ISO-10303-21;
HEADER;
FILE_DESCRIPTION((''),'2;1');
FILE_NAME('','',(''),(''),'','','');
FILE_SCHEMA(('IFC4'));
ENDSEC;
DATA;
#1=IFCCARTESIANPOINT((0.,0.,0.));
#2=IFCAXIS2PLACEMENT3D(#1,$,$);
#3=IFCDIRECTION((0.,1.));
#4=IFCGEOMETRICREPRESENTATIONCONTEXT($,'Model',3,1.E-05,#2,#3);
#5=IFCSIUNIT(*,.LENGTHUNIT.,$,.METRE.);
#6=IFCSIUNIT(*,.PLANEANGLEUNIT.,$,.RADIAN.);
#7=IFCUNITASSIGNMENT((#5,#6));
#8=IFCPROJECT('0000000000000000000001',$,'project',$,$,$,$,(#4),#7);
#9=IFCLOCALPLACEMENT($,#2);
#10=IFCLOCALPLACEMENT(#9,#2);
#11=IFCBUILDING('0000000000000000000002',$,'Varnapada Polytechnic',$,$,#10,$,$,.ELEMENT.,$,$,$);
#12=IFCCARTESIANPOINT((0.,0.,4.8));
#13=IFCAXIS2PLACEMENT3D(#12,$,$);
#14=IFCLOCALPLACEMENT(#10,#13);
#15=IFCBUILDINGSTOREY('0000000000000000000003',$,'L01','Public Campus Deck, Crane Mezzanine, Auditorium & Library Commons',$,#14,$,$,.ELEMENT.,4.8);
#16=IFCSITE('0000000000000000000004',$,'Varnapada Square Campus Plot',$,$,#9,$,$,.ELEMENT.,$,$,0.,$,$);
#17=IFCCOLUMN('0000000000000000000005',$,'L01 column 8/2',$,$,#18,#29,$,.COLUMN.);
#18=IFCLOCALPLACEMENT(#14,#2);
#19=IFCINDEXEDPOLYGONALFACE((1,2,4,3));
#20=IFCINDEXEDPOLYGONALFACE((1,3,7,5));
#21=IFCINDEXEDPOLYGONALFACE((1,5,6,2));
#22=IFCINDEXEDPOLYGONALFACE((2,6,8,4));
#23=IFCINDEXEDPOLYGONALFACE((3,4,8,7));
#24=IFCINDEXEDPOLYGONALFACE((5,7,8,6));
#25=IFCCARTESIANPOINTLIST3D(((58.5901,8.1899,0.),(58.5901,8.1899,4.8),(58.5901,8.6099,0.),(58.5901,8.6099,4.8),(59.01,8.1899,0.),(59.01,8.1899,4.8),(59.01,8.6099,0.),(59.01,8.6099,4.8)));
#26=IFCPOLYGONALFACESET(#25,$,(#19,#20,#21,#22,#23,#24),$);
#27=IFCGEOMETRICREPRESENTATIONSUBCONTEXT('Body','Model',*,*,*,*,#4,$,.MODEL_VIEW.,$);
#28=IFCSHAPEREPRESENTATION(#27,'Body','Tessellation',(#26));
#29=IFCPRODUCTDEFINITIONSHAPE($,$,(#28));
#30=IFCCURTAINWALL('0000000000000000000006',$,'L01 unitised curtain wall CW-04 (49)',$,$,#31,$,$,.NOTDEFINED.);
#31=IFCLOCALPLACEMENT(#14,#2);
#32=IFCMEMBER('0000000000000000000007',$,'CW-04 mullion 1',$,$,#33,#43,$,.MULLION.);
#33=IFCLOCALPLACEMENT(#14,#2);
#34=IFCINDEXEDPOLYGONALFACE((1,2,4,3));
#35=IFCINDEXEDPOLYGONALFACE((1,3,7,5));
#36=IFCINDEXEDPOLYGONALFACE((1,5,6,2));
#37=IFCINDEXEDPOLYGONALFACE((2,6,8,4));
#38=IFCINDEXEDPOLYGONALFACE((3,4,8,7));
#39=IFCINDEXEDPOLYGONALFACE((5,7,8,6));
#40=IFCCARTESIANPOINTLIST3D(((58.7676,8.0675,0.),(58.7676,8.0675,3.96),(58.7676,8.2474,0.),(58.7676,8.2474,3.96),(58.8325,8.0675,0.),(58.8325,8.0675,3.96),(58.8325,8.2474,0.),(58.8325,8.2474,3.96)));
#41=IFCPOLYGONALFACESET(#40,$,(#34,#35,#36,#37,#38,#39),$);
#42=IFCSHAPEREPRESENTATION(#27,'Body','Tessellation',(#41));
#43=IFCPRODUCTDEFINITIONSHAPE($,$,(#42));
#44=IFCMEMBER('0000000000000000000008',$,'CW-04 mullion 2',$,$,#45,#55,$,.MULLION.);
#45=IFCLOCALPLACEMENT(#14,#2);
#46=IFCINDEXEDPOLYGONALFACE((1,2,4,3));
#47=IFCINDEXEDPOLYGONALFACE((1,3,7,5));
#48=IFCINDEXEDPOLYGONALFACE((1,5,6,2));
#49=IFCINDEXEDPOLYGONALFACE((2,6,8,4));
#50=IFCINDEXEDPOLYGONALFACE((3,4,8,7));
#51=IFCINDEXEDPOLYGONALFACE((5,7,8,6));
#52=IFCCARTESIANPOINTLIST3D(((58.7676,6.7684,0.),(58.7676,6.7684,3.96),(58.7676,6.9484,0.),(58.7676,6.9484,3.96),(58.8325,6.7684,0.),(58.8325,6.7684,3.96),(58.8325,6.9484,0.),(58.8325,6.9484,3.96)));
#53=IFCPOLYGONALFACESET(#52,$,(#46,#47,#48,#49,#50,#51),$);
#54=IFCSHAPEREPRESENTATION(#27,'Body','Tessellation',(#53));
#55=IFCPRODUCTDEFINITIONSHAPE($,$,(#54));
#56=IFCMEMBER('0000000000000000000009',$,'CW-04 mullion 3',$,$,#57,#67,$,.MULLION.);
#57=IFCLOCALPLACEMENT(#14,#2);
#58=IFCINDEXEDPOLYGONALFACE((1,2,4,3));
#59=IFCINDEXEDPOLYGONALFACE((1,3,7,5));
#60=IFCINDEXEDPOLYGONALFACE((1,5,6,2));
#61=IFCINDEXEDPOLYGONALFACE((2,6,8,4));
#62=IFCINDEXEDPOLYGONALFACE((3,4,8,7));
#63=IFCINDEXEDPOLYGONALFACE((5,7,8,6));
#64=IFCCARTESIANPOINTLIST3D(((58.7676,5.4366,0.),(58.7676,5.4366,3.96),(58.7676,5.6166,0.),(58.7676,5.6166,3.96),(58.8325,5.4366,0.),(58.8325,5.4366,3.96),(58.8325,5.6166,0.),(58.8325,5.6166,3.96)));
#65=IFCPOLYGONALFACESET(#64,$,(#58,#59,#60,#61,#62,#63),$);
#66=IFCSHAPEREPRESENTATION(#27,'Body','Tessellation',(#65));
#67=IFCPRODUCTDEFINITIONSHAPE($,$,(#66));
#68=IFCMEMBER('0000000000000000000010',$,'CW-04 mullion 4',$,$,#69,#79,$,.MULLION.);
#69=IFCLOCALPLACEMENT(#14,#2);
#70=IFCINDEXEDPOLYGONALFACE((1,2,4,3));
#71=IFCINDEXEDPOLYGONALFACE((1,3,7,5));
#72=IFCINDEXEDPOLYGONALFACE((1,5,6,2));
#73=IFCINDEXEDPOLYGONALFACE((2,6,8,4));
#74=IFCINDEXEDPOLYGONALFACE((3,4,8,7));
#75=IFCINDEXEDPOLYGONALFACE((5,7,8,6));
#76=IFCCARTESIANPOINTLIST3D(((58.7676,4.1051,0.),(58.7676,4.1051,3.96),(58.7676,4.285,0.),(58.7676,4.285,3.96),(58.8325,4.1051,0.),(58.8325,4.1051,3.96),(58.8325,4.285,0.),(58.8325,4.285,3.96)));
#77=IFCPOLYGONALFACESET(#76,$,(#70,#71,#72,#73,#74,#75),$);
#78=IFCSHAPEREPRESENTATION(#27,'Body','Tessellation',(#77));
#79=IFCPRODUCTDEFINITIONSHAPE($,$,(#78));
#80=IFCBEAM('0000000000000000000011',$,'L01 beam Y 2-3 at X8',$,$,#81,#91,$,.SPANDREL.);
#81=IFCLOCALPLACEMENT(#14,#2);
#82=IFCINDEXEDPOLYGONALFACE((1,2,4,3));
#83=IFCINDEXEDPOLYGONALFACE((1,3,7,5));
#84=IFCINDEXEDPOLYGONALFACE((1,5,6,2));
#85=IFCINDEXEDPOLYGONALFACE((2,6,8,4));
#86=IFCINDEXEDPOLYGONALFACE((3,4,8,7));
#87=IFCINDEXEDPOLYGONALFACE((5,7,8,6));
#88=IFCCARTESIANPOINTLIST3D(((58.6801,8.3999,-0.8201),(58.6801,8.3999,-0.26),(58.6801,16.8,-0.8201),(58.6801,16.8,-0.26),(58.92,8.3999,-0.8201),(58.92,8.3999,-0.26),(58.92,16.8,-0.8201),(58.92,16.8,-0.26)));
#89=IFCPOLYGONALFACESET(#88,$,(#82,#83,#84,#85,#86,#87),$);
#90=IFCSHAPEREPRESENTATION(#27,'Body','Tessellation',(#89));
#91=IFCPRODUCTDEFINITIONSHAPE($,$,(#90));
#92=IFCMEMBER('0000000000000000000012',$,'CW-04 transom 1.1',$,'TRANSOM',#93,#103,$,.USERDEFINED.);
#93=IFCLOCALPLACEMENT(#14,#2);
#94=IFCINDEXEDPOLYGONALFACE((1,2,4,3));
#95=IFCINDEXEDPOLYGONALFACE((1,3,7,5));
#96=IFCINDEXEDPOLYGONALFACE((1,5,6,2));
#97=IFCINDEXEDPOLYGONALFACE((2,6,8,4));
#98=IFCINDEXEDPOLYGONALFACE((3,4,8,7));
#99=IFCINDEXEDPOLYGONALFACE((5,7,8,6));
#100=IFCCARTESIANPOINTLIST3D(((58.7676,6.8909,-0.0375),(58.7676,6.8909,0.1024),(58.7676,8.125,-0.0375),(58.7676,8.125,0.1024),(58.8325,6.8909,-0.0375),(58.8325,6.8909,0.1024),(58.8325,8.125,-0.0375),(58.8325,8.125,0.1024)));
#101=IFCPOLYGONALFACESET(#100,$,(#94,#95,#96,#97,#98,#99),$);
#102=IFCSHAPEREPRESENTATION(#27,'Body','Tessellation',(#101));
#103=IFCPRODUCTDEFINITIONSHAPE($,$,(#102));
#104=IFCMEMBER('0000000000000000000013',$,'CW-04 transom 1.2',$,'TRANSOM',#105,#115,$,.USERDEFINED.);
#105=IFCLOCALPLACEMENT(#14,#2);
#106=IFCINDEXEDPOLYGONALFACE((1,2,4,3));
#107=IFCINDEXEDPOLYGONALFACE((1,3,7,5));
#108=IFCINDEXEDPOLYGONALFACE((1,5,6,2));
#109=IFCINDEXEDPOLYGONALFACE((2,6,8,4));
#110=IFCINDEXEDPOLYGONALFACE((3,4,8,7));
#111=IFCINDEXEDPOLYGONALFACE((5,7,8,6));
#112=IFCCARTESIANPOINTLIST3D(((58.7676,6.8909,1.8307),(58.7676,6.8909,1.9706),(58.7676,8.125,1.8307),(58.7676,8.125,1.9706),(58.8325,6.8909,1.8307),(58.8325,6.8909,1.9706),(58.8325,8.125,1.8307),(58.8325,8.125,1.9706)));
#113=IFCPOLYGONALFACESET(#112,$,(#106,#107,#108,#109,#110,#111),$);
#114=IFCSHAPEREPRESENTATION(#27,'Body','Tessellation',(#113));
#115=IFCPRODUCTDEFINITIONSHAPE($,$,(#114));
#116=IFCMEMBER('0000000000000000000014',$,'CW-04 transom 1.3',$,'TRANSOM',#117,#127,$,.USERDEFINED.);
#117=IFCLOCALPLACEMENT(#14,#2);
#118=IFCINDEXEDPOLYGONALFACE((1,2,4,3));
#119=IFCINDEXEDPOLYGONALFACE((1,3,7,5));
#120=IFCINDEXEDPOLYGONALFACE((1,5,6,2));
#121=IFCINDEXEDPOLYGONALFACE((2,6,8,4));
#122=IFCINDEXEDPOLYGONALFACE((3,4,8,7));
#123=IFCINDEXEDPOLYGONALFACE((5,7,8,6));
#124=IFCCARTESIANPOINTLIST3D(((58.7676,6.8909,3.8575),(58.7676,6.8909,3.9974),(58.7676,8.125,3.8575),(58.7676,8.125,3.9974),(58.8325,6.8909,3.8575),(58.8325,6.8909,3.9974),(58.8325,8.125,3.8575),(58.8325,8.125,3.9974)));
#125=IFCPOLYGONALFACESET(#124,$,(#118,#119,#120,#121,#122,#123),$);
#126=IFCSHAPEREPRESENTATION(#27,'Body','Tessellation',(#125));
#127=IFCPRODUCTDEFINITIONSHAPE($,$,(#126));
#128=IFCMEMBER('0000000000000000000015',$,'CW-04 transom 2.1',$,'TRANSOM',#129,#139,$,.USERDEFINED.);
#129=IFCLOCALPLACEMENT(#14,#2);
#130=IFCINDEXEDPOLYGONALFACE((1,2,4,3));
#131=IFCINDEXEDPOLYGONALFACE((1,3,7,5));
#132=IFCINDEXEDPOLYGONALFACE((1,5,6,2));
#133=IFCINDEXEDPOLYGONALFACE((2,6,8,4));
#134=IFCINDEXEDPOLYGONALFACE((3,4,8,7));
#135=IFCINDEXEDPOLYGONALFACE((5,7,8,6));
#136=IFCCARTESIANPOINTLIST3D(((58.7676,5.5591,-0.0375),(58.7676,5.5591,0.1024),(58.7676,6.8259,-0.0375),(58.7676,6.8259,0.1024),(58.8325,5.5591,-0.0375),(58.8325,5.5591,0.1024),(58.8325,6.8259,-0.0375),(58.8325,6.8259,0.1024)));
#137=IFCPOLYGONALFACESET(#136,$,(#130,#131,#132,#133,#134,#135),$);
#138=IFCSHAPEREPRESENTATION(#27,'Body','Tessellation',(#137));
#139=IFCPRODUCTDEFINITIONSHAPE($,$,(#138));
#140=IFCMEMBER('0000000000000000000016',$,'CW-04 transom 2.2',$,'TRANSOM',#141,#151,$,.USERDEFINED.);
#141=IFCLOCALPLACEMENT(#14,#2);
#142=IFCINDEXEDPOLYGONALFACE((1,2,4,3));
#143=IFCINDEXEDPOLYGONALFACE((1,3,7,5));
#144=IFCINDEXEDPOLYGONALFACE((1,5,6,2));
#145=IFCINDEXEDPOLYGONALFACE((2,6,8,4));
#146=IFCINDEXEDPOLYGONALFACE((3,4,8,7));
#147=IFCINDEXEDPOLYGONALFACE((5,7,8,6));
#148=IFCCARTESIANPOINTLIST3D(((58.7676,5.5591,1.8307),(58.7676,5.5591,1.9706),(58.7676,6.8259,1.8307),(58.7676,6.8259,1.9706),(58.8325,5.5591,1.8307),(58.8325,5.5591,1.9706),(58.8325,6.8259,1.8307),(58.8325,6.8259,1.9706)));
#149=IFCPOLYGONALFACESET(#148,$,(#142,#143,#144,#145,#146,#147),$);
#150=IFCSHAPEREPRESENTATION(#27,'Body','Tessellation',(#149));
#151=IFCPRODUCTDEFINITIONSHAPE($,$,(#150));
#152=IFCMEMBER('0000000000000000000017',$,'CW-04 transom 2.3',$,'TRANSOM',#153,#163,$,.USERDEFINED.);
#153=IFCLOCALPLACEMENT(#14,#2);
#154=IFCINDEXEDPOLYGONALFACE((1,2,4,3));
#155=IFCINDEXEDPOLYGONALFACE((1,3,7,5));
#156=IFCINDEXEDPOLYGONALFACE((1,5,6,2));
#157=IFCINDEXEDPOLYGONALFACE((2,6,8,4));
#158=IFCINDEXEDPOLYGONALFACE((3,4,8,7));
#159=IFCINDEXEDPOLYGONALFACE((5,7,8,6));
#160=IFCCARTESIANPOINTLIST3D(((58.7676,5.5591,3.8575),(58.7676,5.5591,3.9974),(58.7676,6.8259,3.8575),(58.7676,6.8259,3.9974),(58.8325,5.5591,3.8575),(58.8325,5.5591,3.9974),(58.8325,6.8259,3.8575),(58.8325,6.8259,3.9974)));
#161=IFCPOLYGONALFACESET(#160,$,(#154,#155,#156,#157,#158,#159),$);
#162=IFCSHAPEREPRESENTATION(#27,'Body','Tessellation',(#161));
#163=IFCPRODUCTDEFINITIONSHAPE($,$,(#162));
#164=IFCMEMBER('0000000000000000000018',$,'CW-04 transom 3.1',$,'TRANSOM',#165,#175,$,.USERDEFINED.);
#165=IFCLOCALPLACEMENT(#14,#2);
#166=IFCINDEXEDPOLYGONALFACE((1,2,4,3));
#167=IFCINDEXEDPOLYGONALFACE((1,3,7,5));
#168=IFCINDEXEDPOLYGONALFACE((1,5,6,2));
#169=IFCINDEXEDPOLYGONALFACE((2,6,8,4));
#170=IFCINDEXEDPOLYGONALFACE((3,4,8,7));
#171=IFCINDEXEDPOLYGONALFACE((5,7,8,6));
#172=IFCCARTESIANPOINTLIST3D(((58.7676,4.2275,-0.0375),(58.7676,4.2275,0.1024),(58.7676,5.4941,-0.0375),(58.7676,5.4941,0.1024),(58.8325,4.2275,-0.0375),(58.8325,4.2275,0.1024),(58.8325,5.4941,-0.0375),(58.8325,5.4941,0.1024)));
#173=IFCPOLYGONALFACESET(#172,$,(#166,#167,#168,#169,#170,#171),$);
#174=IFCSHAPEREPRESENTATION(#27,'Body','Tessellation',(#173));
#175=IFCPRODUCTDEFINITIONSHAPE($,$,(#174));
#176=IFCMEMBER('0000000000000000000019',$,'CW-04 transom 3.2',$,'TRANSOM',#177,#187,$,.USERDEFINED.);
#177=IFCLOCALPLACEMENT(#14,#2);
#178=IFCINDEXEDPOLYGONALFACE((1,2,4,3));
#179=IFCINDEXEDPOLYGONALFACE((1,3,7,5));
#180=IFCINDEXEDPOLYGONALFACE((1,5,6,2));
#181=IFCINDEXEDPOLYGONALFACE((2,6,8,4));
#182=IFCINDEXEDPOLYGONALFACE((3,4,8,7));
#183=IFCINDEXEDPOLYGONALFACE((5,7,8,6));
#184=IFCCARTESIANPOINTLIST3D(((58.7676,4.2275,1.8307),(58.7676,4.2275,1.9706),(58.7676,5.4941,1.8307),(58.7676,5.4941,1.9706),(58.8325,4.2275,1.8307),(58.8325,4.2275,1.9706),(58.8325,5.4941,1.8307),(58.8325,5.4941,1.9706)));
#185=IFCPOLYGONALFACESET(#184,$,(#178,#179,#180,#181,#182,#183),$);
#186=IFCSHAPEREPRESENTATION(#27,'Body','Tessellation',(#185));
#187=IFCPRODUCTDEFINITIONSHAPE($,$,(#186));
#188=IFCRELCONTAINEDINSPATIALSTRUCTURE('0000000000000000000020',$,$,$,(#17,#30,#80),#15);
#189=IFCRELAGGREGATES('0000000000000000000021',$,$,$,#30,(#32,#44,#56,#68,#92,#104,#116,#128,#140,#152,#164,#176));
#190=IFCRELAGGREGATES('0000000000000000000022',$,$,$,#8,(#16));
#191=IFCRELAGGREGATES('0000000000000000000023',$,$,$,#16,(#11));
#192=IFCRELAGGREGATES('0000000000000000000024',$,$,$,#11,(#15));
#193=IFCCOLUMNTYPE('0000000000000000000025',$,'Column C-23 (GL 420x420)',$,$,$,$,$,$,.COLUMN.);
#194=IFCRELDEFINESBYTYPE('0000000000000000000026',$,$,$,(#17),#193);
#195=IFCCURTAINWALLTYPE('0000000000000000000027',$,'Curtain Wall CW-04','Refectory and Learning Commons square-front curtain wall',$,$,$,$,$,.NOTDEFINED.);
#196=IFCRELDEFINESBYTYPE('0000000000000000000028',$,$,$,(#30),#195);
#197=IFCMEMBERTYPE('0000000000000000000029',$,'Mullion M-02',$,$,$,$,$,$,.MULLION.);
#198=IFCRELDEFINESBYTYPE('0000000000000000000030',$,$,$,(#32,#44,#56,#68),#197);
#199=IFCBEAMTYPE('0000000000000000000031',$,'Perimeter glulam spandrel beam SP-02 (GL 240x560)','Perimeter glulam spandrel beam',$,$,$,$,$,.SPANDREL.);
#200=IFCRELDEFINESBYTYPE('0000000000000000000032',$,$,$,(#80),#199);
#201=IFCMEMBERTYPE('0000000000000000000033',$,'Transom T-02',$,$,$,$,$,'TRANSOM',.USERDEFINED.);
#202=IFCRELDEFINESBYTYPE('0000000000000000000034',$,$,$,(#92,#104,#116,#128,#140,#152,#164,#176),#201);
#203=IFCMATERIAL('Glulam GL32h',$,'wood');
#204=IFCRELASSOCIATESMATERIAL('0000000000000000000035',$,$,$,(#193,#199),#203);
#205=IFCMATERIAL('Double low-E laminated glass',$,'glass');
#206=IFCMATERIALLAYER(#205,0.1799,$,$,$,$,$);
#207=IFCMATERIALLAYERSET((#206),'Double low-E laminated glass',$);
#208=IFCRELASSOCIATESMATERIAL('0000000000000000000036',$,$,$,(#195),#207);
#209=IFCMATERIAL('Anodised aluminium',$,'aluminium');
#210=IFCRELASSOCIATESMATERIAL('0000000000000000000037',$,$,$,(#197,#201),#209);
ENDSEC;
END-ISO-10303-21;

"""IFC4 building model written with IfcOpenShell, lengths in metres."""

from ifc_helpers import new_model, si_unit, direction, frame, origin, origin_2d, place, context, subcontext, project, spatial, rectangle, extrude, material, layer, layer_set, material_profile, profile_set, type_object, element, aggregate, save


model = new_model("IFC4")

# Units and contexts
model_context = context("Model", 3, precision=1e-05, world=origin(), true_north=direction((0.0, 1.0)))
body_context = subcontext(model_context, "Body", "Model", "MODEL_VIEW")
ifc_project = project(units=[si_unit("LENGTHUNIT", "METRE"), si_unit("PLANEANGLEUNIT", "RADIAN")], contexts=[model_context])

# Site, building, storey
site_placement = place(None, origin())
site = spatial("IfcSite", under=ifc_project, at=site_placement, Name="Varnapada Square Campus Plot", CompositionType="ELEMENT", RefElevation=0.0)
building_placement = place(site_placement, origin())
building = spatial("IfcBuilding", under=site, at=building_placement, Name="Varnapada Polytechnic", CompositionType="ELEMENT")
storey_placement = place(building_placement, frame((0.0, 0.0, 4.8)))
storey = spatial("IfcBuildingStorey", under=building, at=storey_placement, Name="L01", Description="Public Campus Deck, Crane Mezzanine, Auditorium & Library Commons", CompositionType="ELEMENT", Elevation=4.8)

# Column
ifc_material_1 = material(Name="Glulam GL32h", Category="wood")
ifc_material_profile_1 = material_profile(ifc_material_1, rectangle(XDim=0.4199, YDim=0.4199, at=origin_2d()), Name="GL 420x420")
ifc_profile_set_1 = profile_set([ifc_material_profile_1], Name="Glulam GL32h")
column_type = type_object("IfcColumnType", Name="Column C-23 (GL 420x420)", PredefinedType="COLUMN", material=ifc_profile_set_1)
column_placement = place(storey_placement, frame((58.8, 8.3999, 0.0), z_axis=(0.0, 0.0, 1.0), x_axis=(1.0, 0.0, 0.0)))
element("IfcColumn", 1, at=column_placement, inside=storey, type_object=column_type, Name="L01 column 8/2", PredefinedType="COLUMN", context=body_context, shape_type="SweptSolid", body=[
    extrude(rectangle(XDim=0.4199, YDim=0.4199, at=origin_2d()), origin(), (0.0, 0.0, 1.0), 4.8),
])

# Curtain wall, members
ifc_material_2 = material(Name="Double low-E laminated glass", Category="glass")
ifc_layer_1 = layer(ifc_material_2, 0.1799)
ifc_layer_set_1 = layer_set([ifc_layer_1], Name="Double low-E laminated glass")
curtain_wall_type = type_object("IfcCurtainWallType", Name="Curtain Wall CW-04", Description="Refectory and Learning Commons square-front curtain wall", PredefinedType="NOTDEFINED", material=ifc_layer_set_1)
curtain_wall_placement = place(storey_placement, origin())
curtain_wall = element("IfcCurtainWall", 2, at=curtain_wall_placement, inside=storey, type_object=curtain_wall_type, Name="L01 unitised curtain wall CW-04 (49)", PredefinedType="NOTDEFINED")
ifc_material_3 = material(Name="Anodised aluminium", Category="aluminium")
ifc_material_profile_2 = material_profile(ifc_material_3, rectangle(XDim=0.0649, YDim=0.1799, at=origin_2d()), Name="ALU M65x180")
ifc_profile_set_2 = profile_set([ifc_material_profile_2], Name="Anodised aluminium")
member_type_1 = type_object("IfcMemberType", Name="Mullion M-02", PredefinedType="MULLION", material=ifc_profile_set_2)
member_1_placement = place(storey_placement, frame((58.8, 8.1575, 0.0), z_axis=(0.0, 0.0, 1.0), x_axis=(1.0, 0.0, 0.0)))
member_1 = element("IfcMember", 3, at=member_1_placement, type_object=member_type_1, Name="CW-04 mullion 1", PredefinedType="MULLION", context=body_context, shape_type="SweptSolid", body=[
    extrude(rectangle(XDim=0.0649, YDim=0.1799, at=origin_2d()), origin(), (0.0, 0.0, 1.0), 3.96),
])
member_2_placement = place(storey_placement, frame((58.8, 6.8584, 0.0), z_axis=(0.0, 0.0, 1.0), x_axis=(1.0, 0.0, 0.0)))
member_2 = element("IfcMember", 4, at=member_2_placement, type_object=member_type_1, Name="CW-04 mullion 2", PredefinedType="MULLION", context=body_context, shape_type="SweptSolid", body=[
    extrude(rectangle(XDim=0.0649, YDim=0.1799, at=origin_2d()), origin(), (0.0, 0.0, 1.0), 3.96),
])
member_3_placement = place(storey_placement, frame((58.8, 5.5266, 0.0), z_axis=(0.0, 0.0, 1.0), x_axis=(1.0, 0.0, 0.0)))
member_3 = element("IfcMember", 5, at=member_3_placement, type_object=member_type_1, Name="CW-04 mullion 3", PredefinedType="MULLION", context=body_context, shape_type="SweptSolid", body=[
    extrude(rectangle(XDim=0.0649, YDim=0.1799, at=origin_2d()), origin(), (0.0, 0.0, 1.0), 3.96),
])
member_4_placement = place(storey_placement, frame((58.8, 4.1951, 0.0), z_axis=(0.0, 0.0, 1.0), x_axis=(1.0, 0.0, 0.0)))
member_4 = element("IfcMember", 6, at=member_4_placement, type_object=member_type_1, Name="CW-04 mullion 4", PredefinedType="MULLION", context=body_context, shape_type="SweptSolid", body=[
    extrude(rectangle(XDim=0.0649, YDim=0.1799, at=origin_2d()), origin(), (0.0, 0.0, 1.0), 3.96),
])

# Beam
ifc_material_profile_3 = material_profile(ifc_material_1, rectangle(XDim=0.24, YDim=0.5601, at=origin_2d()), Name="GL 240x560")
ifc_profile_set_3 = profile_set([ifc_material_profile_3], Name="Glulam GL32h")
beam_type = type_object("IfcBeamType", Name="Perimeter glulam spandrel beam SP-02 (GL 240x560)", Description="Perimeter glulam spandrel beam", PredefinedType="SPANDREL", material=ifc_profile_set_3)
beam_placement = place(storey_placement, frame((58.8, 8.3999, -0.54), z_axis=(0.0, 1.0, 0.0), x_axis=(-1.0, 0.0, 0.0)))
element("IfcBeam", 7, at=beam_placement, inside=storey, type_object=beam_type, Name="L01 beam Y 2-3 at X8", PredefinedType="SPANDREL", context=body_context, shape_type="SweptSolid", body=[
    extrude(rectangle(XDim=0.24, YDim=0.5601, at=origin_2d()), origin(), (0.0, 0.0, 1.0), 8.4001),
])

# Members
ifc_material_profile_4 = material_profile(ifc_material_3, rectangle(XDim=0.0649, YDim=0.1399, at=origin_2d()), Name="ALU T65x140")
ifc_profile_set_4 = profile_set([ifc_material_profile_4], Name="Anodised aluminium")
member_type_2 = type_object("IfcMemberType", Name="Transom T-02", ElementType="TRANSOM", PredefinedType="USERDEFINED", material=ifc_profile_set_4)
member_5_placement = place(storey_placement, frame((58.8, 8.125, 0.0325), z_axis=(0.0, -1.0, 0.0), x_axis=(1.0, 0.0, 0.0)))
member_5 = element("IfcMember", 8, at=member_5_placement, type_object=member_type_2, Name="CW-04 transom 1.1", ObjectType="TRANSOM", PredefinedType="USERDEFINED", context=body_context, shape_type="SweptSolid", body=[
    extrude(rectangle(XDim=0.0649, YDim=0.1399, at=origin_2d()), origin(), (0.0, 0.0, 1.0), 1.2341),
])
member_6_placement = place(storey_placement, frame((58.8, 8.125, 1.9006), z_axis=(0.0, -1.0, 0.0), x_axis=(1.0, 0.0, 0.0)))
member_6 = element("IfcMember", 9, at=member_6_placement, type_object=member_type_2, Name="CW-04 transom 1.2", ObjectType="TRANSOM", PredefinedType="USERDEFINED", context=body_context, shape_type="SweptSolid", body=[
    extrude(rectangle(XDim=0.0649, YDim=0.1399, at=origin_2d()), origin(), (0.0, 0.0, 1.0), 1.2341),
])
member_7_placement = place(storey_placement, frame((58.8, 8.125, 3.9275), z_axis=(0.0, -1.0, 0.0), x_axis=(1.0, 0.0, 0.0)))
member_7 = element("IfcMember", 10, at=member_7_placement, type_object=member_type_2, Name="CW-04 transom 1.3", ObjectType="TRANSOM", PredefinedType="USERDEFINED", context=body_context, shape_type="SweptSolid", body=[
    extrude(rectangle(XDim=0.0649, YDim=0.1399, at=origin_2d()), origin(), (0.0, 0.0, 1.0), 1.2341),
])
member_8_placement = place(storey_placement, frame((58.8, 6.8259, 0.0325), z_axis=(0.0, -1.0, 0.0), x_axis=(1.0, 0.0, 0.0)))
member_8 = element("IfcMember", 11, at=member_8_placement, type_object=member_type_2, Name="CW-04 transom 2.1", ObjectType="TRANSOM", PredefinedType="USERDEFINED", context=body_context, shape_type="SweptSolid", body=[
    extrude(rectangle(XDim=0.0649, YDim=0.1399, at=origin_2d()), origin(), (0.0, 0.0, 1.0), 1.2668),
])
member_9_placement = place(storey_placement, frame((58.8, 6.8259, 1.9006), z_axis=(0.0, -1.0, 0.0), x_axis=(1.0, 0.0, 0.0)))
member_9 = element("IfcMember", 12, at=member_9_placement, type_object=member_type_2, Name="CW-04 transom 2.2", ObjectType="TRANSOM", PredefinedType="USERDEFINED", context=body_context, shape_type="SweptSolid", body=[
    extrude(rectangle(XDim=0.0649, YDim=0.1399, at=origin_2d()), origin(), (0.0, 0.0, 1.0), 1.2668),
])
member_10_placement = place(storey_placement, frame((58.8, 6.8259, 3.9275), z_axis=(0.0, -1.0, 0.0), x_axis=(1.0, 0.0, 0.0)))
member_10 = element("IfcMember", 13, at=member_10_placement, type_object=member_type_2, Name="CW-04 transom 2.3", ObjectType="TRANSOM", PredefinedType="USERDEFINED", context=body_context, shape_type="SweptSolid", body=[
    extrude(rectangle(XDim=0.0649, YDim=0.1399, at=origin_2d()), origin(), (0.0, 0.0, 1.0), 1.2668),
])
member_11_placement = place(storey_placement, frame((58.8, 5.4941, 0.0325), z_axis=(0.0, -1.0, 0.0), x_axis=(1.0, 0.0, 0.0)))
member_11 = element("IfcMember", 14, at=member_11_placement, type_object=member_type_2, Name="CW-04 transom 3.1", ObjectType="TRANSOM", PredefinedType="USERDEFINED", context=body_context, shape_type="SweptSolid", body=[
    extrude(rectangle(XDim=0.0649, YDim=0.1399, at=origin_2d()), origin(), (0.0, 0.0, 1.0), 1.2666),
])
member_12_placement = place(storey_placement, frame((58.8, 5.4941, 1.9006), z_axis=(0.0, -1.0, 0.0), x_axis=(1.0, 0.0, 0.0)))
member_12 = element("IfcMember", 15, at=member_12_placement, type_object=member_type_2, Name="CW-04 transom 3.2", ObjectType="TRANSOM", PredefinedType="USERDEFINED", context=body_context, shape_type="SweptSolid", body=[
    extrude(rectangle(XDim=0.0649, YDim=0.1399, at=origin_2d()), origin(), (0.0, 0.0, 1.0), 1.2666),
])

aggregate(curtain_wall, [member_1, member_2, member_3, member_4, member_5, member_6, member_7, member_8, member_9, member_10, member_11, member_12])

save(model, "model.ifc")
